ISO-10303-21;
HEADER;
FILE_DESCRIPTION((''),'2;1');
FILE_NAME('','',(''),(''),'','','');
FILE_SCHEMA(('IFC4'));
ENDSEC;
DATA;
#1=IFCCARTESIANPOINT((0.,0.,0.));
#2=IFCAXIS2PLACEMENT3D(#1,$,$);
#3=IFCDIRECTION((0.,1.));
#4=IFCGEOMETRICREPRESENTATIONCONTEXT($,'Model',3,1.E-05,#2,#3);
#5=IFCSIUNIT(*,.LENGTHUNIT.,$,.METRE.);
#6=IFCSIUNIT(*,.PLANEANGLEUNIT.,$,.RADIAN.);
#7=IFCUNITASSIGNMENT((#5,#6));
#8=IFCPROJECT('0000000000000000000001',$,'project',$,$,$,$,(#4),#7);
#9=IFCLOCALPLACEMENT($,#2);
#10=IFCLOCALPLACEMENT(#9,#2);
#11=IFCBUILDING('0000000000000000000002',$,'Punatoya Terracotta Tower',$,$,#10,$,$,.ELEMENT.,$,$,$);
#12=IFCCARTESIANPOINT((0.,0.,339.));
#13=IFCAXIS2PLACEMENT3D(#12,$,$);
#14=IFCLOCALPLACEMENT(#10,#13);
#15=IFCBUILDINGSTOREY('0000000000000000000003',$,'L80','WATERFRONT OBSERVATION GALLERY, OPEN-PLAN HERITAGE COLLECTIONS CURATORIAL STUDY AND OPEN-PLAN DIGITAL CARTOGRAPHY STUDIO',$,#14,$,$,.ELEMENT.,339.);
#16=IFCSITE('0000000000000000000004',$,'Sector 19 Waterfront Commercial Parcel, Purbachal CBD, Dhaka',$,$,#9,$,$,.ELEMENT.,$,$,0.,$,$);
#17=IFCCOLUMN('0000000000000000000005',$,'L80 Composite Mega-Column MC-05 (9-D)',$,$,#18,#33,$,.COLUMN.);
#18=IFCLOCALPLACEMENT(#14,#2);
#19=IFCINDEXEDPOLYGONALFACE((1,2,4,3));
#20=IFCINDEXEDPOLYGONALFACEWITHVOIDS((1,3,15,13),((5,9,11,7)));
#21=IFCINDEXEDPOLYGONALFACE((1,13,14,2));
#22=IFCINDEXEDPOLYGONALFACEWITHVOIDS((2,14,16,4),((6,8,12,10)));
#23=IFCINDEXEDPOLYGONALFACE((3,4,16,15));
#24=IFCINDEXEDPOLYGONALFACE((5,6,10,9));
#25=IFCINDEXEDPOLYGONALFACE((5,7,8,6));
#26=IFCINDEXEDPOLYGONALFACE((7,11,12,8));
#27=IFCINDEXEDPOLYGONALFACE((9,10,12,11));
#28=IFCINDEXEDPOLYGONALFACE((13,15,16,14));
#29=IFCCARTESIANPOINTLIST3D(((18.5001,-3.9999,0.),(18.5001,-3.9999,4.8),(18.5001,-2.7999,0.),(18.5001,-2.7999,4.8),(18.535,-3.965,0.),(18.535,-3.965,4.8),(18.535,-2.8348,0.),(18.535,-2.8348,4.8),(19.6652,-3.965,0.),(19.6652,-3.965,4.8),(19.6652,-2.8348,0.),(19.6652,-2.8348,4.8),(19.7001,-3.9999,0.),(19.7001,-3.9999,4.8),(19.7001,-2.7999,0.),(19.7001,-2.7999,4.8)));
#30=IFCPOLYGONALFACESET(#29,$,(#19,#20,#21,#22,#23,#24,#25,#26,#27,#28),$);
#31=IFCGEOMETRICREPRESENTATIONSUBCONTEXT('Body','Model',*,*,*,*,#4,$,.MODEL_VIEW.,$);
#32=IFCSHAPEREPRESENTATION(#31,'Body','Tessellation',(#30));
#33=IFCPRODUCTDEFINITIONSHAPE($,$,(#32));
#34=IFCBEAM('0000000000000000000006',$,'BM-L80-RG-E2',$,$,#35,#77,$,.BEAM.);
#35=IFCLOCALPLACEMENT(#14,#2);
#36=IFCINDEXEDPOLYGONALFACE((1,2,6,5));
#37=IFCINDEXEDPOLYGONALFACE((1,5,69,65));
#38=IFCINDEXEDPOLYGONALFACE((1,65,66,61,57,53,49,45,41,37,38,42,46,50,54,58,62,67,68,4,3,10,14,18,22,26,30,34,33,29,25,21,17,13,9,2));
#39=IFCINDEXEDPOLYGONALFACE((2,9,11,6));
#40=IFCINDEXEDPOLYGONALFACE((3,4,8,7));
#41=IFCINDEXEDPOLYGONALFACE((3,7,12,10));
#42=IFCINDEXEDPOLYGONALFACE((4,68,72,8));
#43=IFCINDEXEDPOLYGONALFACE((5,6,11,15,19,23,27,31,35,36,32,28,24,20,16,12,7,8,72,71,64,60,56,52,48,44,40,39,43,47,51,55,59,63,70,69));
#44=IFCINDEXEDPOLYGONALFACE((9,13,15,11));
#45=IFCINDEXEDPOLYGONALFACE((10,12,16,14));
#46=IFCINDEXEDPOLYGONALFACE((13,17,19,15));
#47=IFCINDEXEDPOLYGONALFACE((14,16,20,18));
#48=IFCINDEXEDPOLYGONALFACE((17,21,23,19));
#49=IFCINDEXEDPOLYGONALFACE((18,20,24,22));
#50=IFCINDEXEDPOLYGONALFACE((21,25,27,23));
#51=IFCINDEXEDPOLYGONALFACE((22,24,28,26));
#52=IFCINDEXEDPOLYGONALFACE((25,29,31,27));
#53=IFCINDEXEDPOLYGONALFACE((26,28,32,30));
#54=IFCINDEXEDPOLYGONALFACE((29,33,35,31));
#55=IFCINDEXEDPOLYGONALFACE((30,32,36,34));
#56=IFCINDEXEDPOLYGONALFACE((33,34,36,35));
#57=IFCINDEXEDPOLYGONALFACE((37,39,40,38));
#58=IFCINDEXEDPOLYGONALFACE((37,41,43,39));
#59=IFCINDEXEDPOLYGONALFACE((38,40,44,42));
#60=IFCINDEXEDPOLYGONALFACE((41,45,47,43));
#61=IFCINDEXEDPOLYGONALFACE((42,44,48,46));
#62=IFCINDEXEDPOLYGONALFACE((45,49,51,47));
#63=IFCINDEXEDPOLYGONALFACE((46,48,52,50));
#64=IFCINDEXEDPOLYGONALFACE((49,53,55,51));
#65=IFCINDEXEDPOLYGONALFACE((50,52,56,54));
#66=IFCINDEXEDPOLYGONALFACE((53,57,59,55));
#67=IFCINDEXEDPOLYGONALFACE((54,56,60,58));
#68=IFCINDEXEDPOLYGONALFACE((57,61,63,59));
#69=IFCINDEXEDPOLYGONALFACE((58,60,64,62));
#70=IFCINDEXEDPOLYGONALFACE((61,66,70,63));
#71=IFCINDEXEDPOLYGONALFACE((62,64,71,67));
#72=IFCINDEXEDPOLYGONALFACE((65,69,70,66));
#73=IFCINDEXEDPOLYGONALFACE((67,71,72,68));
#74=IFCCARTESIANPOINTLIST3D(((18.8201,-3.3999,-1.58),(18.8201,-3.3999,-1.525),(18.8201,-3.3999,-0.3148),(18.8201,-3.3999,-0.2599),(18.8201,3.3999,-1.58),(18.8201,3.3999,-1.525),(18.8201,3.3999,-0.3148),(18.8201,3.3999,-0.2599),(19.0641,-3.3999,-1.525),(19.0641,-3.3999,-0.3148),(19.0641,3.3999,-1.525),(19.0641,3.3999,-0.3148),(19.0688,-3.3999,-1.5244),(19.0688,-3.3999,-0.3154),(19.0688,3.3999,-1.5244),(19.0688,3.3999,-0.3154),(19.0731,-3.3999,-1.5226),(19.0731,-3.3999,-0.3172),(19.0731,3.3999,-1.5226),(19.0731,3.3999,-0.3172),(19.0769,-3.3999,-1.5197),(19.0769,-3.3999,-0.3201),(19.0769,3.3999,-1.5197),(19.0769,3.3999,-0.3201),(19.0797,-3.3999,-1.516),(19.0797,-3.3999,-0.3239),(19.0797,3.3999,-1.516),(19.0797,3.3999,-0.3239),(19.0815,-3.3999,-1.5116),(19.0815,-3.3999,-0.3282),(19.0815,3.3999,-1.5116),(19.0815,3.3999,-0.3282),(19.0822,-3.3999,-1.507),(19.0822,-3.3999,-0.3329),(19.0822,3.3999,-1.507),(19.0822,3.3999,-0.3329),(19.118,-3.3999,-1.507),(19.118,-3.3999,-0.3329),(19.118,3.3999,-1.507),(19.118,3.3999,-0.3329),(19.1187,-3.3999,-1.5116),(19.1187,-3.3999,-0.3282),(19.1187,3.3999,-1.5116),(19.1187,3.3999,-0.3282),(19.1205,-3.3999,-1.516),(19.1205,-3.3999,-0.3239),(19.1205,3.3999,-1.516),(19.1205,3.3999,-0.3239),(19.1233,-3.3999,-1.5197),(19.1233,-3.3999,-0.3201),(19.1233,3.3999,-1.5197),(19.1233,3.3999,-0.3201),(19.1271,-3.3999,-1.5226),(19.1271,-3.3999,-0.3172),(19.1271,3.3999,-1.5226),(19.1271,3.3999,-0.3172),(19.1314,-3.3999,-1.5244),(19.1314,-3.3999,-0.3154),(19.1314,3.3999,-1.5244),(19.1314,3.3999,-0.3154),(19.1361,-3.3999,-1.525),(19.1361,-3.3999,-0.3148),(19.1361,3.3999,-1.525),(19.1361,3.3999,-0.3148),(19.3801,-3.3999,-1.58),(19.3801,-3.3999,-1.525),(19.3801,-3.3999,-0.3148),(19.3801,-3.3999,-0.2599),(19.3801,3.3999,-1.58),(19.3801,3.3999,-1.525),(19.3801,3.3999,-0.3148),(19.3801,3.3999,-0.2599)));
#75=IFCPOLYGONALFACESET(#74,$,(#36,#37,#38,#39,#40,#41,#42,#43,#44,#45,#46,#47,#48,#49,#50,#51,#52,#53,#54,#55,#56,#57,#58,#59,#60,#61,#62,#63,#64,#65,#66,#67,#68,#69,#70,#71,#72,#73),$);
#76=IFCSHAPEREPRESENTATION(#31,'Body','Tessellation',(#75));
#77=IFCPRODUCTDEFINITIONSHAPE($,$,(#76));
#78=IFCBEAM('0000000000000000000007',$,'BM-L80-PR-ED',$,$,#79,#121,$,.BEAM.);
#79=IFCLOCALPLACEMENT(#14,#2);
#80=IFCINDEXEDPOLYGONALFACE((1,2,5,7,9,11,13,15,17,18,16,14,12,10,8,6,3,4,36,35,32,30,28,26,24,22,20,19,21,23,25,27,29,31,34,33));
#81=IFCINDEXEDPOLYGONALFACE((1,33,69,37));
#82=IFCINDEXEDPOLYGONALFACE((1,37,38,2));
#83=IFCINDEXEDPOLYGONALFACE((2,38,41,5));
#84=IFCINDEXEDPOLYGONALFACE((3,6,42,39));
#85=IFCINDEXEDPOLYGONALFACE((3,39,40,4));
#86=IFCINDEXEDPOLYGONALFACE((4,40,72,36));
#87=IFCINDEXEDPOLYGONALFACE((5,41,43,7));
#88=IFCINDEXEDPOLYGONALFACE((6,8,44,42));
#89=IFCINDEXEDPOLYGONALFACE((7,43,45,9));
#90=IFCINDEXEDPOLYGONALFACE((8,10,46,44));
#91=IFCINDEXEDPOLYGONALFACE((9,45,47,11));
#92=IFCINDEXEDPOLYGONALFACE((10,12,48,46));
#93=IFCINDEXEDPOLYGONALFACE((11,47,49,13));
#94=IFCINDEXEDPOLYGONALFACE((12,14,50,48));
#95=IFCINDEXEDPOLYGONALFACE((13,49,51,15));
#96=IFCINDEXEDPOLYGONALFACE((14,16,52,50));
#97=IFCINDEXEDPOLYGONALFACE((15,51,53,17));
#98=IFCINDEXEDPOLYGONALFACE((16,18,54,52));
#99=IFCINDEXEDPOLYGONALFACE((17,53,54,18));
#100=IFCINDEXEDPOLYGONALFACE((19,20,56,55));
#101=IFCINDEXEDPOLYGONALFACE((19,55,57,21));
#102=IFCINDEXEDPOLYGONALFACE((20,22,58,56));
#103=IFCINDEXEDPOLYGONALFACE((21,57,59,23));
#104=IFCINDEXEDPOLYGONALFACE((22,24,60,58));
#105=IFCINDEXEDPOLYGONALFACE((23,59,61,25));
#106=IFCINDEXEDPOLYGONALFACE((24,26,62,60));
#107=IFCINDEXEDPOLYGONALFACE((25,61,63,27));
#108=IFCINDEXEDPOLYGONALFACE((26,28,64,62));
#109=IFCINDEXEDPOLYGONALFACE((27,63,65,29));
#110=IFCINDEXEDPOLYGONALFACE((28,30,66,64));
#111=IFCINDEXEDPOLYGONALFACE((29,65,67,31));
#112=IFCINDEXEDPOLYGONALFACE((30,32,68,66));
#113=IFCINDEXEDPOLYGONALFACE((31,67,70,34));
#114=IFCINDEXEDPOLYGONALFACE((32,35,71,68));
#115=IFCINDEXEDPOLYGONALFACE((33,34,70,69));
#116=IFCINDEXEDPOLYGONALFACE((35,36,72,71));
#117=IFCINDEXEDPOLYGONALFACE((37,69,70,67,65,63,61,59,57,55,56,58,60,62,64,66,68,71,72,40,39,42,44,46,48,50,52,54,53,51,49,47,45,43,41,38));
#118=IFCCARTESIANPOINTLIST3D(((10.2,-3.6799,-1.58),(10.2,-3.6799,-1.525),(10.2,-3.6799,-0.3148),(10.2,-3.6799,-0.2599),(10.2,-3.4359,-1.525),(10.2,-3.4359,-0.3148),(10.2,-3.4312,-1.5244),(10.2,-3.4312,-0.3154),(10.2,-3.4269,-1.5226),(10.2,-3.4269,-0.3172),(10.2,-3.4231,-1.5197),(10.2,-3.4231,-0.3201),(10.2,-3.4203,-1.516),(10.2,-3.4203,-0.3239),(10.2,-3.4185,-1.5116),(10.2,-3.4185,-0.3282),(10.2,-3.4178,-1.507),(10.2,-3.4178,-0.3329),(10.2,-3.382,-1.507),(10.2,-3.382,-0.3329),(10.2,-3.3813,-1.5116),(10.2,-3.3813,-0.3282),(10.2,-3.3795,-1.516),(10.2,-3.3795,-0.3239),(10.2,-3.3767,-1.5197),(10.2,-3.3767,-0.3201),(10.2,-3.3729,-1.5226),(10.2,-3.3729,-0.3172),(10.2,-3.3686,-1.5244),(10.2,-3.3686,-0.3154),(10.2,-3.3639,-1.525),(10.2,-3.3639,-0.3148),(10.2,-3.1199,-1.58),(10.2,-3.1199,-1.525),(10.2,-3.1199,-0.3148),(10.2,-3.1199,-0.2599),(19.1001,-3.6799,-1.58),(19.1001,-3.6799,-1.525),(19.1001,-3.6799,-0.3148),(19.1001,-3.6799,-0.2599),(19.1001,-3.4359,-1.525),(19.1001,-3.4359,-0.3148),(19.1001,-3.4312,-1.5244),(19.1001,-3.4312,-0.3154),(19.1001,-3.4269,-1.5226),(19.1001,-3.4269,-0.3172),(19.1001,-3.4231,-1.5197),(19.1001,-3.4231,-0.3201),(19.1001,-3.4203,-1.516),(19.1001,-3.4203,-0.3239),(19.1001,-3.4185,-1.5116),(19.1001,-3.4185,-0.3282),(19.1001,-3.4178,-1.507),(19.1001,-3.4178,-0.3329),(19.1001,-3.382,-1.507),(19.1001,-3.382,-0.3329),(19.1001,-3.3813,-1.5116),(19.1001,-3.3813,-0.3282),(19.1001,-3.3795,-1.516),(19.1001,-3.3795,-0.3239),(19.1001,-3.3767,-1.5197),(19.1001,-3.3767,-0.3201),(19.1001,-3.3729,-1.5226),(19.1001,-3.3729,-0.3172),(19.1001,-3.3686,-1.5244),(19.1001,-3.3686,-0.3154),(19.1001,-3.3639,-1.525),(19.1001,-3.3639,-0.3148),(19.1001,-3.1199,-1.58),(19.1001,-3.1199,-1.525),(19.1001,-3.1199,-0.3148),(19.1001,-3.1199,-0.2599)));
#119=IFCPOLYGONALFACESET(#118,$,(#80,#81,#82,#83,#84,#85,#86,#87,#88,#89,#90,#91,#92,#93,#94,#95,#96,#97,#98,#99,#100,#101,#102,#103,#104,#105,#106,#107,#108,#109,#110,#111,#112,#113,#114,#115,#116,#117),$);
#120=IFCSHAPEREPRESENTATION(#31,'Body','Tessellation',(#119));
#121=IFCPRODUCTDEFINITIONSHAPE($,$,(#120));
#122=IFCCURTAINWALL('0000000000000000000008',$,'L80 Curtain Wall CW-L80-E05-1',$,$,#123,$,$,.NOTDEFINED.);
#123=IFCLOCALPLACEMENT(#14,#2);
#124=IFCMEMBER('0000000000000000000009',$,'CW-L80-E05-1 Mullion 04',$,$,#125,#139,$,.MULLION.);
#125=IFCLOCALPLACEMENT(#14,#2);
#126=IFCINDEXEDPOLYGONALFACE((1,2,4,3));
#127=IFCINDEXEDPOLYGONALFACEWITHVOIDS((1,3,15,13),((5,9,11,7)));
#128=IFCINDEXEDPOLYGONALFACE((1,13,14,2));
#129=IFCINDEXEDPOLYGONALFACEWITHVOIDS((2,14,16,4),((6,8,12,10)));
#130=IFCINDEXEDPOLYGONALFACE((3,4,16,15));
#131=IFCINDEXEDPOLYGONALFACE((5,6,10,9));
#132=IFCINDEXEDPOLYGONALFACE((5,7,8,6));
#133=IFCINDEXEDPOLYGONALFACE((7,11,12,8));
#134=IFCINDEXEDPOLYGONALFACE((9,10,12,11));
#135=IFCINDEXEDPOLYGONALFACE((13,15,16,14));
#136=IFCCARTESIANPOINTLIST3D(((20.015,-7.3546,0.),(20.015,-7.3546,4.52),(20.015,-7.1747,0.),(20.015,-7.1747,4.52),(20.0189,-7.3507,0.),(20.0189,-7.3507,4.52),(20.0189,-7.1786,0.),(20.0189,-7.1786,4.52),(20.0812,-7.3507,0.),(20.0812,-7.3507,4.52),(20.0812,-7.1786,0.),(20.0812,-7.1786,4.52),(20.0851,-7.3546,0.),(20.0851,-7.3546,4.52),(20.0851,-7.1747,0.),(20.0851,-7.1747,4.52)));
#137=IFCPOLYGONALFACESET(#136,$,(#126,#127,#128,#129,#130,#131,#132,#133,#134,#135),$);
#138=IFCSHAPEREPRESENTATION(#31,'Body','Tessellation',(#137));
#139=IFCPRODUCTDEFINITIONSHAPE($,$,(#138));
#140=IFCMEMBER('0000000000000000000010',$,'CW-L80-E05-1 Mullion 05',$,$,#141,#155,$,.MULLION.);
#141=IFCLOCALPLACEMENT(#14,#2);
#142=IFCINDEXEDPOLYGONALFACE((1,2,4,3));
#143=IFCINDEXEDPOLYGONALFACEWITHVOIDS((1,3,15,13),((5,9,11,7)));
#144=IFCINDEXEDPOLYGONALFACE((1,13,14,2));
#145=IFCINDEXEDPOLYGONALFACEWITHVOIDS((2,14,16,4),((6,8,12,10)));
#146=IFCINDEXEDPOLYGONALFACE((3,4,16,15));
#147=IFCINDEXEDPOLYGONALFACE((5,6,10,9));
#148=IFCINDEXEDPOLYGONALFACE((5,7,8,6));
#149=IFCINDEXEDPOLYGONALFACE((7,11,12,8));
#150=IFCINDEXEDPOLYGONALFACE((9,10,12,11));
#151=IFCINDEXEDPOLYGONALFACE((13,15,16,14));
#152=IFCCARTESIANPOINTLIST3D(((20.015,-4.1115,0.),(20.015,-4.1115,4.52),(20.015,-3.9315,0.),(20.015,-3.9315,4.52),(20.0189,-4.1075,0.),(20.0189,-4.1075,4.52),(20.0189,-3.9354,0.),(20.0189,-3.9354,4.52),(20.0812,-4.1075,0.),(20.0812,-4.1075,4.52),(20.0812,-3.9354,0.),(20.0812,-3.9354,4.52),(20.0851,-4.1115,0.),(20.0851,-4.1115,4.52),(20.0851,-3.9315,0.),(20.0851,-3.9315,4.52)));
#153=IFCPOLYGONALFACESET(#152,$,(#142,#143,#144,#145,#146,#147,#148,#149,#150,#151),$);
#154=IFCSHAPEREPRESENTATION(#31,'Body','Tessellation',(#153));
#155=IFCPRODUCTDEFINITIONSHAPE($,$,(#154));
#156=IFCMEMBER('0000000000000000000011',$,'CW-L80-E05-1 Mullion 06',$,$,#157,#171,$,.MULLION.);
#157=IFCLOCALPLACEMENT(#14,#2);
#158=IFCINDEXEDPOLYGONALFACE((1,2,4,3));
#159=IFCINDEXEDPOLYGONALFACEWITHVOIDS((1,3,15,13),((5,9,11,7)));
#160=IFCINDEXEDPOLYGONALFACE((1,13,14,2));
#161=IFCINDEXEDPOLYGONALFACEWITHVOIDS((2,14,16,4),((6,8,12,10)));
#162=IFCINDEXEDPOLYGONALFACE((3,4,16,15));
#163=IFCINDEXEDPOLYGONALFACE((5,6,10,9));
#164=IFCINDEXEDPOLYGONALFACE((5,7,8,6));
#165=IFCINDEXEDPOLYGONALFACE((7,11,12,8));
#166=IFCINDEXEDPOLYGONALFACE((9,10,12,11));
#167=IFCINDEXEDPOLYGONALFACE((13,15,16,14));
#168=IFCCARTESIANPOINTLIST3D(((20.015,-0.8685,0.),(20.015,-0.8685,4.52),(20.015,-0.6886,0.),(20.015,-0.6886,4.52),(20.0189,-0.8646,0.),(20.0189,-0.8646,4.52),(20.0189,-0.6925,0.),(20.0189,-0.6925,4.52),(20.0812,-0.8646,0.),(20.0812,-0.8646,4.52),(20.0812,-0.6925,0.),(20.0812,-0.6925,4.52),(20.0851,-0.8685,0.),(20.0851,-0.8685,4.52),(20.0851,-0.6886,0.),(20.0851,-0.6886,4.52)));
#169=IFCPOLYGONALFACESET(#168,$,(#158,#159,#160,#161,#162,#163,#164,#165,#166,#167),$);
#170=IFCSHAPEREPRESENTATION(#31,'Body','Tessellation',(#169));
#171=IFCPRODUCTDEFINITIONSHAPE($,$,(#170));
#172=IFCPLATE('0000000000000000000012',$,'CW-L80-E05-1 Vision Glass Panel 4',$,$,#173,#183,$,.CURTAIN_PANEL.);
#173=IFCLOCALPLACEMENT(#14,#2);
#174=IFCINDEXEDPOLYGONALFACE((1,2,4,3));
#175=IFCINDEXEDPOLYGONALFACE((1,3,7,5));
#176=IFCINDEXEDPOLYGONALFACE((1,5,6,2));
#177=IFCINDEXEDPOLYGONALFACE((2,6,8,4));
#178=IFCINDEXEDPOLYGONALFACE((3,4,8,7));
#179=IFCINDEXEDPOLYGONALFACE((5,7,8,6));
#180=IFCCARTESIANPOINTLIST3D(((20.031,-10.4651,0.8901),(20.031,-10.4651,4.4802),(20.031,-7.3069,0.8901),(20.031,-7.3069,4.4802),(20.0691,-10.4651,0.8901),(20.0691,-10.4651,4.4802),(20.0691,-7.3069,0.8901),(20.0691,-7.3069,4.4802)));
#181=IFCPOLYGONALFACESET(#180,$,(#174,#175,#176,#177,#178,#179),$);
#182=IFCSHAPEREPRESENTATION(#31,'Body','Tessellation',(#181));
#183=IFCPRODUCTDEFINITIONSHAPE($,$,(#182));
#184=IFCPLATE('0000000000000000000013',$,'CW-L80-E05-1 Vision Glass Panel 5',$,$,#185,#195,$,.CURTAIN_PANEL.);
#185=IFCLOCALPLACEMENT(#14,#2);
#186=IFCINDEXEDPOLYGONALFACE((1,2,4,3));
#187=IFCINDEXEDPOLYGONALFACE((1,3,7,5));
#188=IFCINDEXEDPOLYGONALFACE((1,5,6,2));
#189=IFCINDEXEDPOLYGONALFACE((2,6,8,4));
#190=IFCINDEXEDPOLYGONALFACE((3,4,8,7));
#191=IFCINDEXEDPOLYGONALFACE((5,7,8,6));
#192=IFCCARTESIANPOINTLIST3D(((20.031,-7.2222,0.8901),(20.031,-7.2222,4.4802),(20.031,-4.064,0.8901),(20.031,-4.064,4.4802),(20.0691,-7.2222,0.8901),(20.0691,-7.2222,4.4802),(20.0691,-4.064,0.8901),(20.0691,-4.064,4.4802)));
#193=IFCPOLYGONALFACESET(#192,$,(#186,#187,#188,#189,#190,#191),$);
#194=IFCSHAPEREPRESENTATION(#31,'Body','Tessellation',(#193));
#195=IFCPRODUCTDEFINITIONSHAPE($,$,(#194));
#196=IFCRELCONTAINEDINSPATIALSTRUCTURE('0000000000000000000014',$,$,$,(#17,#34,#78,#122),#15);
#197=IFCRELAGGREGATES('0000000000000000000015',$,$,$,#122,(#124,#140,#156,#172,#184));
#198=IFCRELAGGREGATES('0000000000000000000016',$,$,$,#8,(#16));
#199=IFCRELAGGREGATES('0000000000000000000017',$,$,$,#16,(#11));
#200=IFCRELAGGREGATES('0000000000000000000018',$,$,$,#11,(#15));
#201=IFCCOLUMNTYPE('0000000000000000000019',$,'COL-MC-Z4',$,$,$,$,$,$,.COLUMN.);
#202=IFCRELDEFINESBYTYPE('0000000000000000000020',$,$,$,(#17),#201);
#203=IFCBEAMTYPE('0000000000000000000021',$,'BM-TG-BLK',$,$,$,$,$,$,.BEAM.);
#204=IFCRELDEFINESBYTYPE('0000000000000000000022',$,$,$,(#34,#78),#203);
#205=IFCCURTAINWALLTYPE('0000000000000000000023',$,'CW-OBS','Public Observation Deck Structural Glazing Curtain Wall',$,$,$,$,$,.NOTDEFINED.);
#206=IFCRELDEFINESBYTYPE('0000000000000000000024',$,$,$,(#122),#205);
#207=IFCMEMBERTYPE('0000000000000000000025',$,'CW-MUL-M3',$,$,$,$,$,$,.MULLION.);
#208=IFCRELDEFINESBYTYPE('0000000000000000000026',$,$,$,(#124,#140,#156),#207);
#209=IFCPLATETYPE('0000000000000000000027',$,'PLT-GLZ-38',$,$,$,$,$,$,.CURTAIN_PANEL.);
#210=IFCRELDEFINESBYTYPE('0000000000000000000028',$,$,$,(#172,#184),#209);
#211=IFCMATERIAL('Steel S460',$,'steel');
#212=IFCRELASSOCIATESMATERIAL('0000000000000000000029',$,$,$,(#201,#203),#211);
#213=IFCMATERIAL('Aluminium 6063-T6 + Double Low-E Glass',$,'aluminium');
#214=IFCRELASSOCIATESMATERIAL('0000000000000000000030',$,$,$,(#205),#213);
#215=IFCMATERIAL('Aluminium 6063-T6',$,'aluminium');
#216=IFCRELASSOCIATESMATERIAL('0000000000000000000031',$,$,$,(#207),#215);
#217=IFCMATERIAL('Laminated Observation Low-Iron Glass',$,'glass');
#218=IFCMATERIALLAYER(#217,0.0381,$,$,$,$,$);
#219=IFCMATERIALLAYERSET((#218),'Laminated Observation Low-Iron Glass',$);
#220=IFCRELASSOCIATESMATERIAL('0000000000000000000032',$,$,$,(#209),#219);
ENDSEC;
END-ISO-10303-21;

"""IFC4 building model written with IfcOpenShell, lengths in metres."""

from ifc_helpers import new_model, si_unit, direction, frame, origin, origin_2d, place, context, subcontext, project, spatial, rectangle, hollow_rectangle, i_section, extrude, material, layer, layer_set, material_profile, profile_set, type_object, element, aggregate, save


model = new_model("IFC4")

# Units and contexts
model_context = context("Model", 3, precision=1e-05, world=origin(), true_north=direction((0.0, 1.0)))
body_context = subcontext(model_context, "Body", "Model", "MODEL_VIEW")
ifc_project = project(units=[si_unit("LENGTHUNIT", "METRE"), si_unit("PLANEANGLEUNIT", "RADIAN")], contexts=[model_context])

# Site, building, storey
site_placement = place(None, origin())
site = spatial("IfcSite", under=ifc_project, at=site_placement, Name="Sector 19 Waterfront Commercial Parcel, Purbachal CBD, Dhaka", CompositionType="ELEMENT", RefElevation=0.0)
building_placement = place(site_placement, origin())
building = spatial("IfcBuilding", under=site, at=building_placement, Name="Punatoya Terracotta Tower", CompositionType="ELEMENT")
storey_placement = place(building_placement, frame((0.0, 0.0, 339.0)))
storey = spatial("IfcBuildingStorey", under=building, at=storey_placement, Name="L80", Description="WATERFRONT OBSERVATION GALLERY, OPEN-PLAN HERITAGE COLLECTIONS CURATORIAL STUDY AND OPEN-PLAN DIGITAL CARTOGRAPHY STUDIO", CompositionType="ELEMENT", Elevation=339.0)

# Column
ifc_material_1 = material(Name="Steel S460", Category="steel")
ifc_material_profile_1 = material_profile(ifc_material_1, hollow_rectangle(XDim=1.2, YDim=1.2, WallThickness=0.0349, at=origin_2d()))
ifc_profile_set_1 = profile_set([ifc_material_profile_1], Name="Steel S460")
column_type = type_object("IfcColumnType", Name="COL-MC-Z4", PredefinedType="COLUMN", material=ifc_profile_set_1)
column_placement = place(storey_placement, frame((19.1001, -3.3999, 0.0), z_axis=(0.0, 0.0, 1.0), x_axis=(1.0, 0.0, 0.0)))
element("IfcColumn", 1, at=column_placement, inside=storey, type_object=column_type, Name="L80 Composite Mega-Column MC-05 (9-D)", PredefinedType="COLUMN", context=body_context, shape_type="SweptSolid", body=[
    extrude(hollow_rectangle(XDim=1.2, YDim=1.2, WallThickness=0.0349, at=origin_2d()), origin(), (0.0, 0.0, 1.0), 4.8),
])

# Beams
ifc_material_profile_2 = material_profile(ifc_material_1, i_section(OverallWidth=0.5601, OverallDepth=1.3201, WebThickness=0.0359, FlangeThickness=0.0549, FilletRadius=0.0181, at=origin_2d()))
ifc_profile_set_2 = profile_set([ifc_material_profile_2], Name="Steel S460")
beam_type = type_object("IfcBeamType", Name="BM-TG-BLK", PredefinedType="BEAM", material=ifc_profile_set_2)
beam_1_placement = place(storey_placement, frame((19.1001, -3.3999, -0.9199), z_axis=(0.0, 1.0, 0.0), x_axis=(-1.0, 0.0, 0.0)))
element("IfcBeam", 2, at=beam_1_placement, inside=storey, type_object=beam_type, Name="BM-L80-RG-E2", PredefinedType="BEAM", context=body_context, shape_type="SweptSolid", body=[
    extrude(i_section(OverallWidth=0.5601, OverallDepth=1.3201, WebThickness=0.0359, FlangeThickness=0.0549, FilletRadius=0.0181, at=origin_2d()), origin(), (0.0, 0.0, 1.0), 6.7998),
])
beam_2_placement = place(storey_placement, frame((10.2, -3.3999, -0.9199), z_axis=(1.0, 0.0, 0.0), x_axis=(0.0, 1.0, 0.0)))
element("IfcBeam", 3, at=beam_2_placement, inside=storey, type_object=beam_type, Name="BM-L80-PR-ED", PredefinedType="BEAM", context=body_context, shape_type="SweptSolid", body=[
    extrude(i_section(OverallWidth=0.5601, OverallDepth=1.3201, WebThickness=0.0359, FlangeThickness=0.0549, FilletRadius=0.0181, at=origin_2d()), origin(), (0.0, 0.0, 1.0), 8.9001),
])

# Curtain wall, members, plates
ifc_material_2 = material(Name="Aluminium 6063-T6 + Double Low-E Glass", Category="aluminium")
curtain_wall_type = type_object("IfcCurtainWallType", Name="CW-OBS", Description="Public Observation Deck Structural Glazing Curtain Wall", PredefinedType="NOTDEFINED", material=ifc_material_2)
curtain_wall_placement = place(storey_placement, origin())
curtain_wall = element("IfcCurtainWall", 4, at=curtain_wall_placement, inside=storey, type_object=curtain_wall_type, Name="L80 Curtain Wall CW-L80-E05-1", PredefinedType="NOTDEFINED")
ifc_material_3 = material(Name="Aluminium 6063-T6", Category="aluminium")
ifc_material_profile_3 = material_profile(ifc_material_3, hollow_rectangle(XDim=0.0701, YDim=0.1799, WallThickness=0.0039, at=origin_2d()))
ifc_profile_set_3 = profile_set([ifc_material_profile_3], Name="Aluminium 6063-T6")
member_type = type_object("IfcMemberType", Name="CW-MUL-M3", PredefinedType="MULLION", material=ifc_profile_set_3)
member_1_placement = place(storey_placement, frame((20.05, -7.2646, 0.0), z_axis=(0.0, 0.0, 1.0), x_axis=(1.0, 0.0, 0.0)))
member_1 = element("IfcMember", 5, at=member_1_placement, type_object=member_type, Name="CW-L80-E05-1 Mullion 04", PredefinedType="MULLION", context=body_context, shape_type="SweptSolid", body=[
    extrude(hollow_rectangle(XDim=0.0701, YDim=0.1799, WallThickness=0.0039, at=origin_2d()), origin(), (0.0, 0.0, 1.0), 4.52),
])
member_2_placement = place(storey_placement, frame((20.05, -4.0215, 0.0), z_axis=(0.0, 0.0, 1.0), x_axis=(1.0, 0.0, 0.0)))
member_2 = element("IfcMember", 6, at=member_2_placement, type_object=member_type, Name="CW-L80-E05-1 Mullion 05", PredefinedType="MULLION", context=body_context, shape_type="SweptSolid", body=[
    extrude(hollow_rectangle(XDim=0.0701, YDim=0.1799, WallThickness=0.0039, at=origin_2d()), origin(), (0.0, 0.0, 1.0), 4.52),
])
member_3_placement = place(storey_placement, frame((20.05, -0.7786, 0.0), z_axis=(0.0, 0.0, 1.0), x_axis=(1.0, 0.0, 0.0)))
member_3 = element("IfcMember", 7, at=member_3_placement, type_object=member_type, Name="CW-L80-E05-1 Mullion 06", PredefinedType="MULLION", context=body_context, shape_type="SweptSolid", body=[
    extrude(hollow_rectangle(XDim=0.0701, YDim=0.1799, WallThickness=0.0039, at=origin_2d()), origin(), (0.0, 0.0, 1.0), 4.52),
])
ifc_material_4 = material(Name="Laminated Observation Low-Iron Glass", Category="glass")
ifc_layer_1 = layer(ifc_material_4, 0.0381)
ifc_layer_set_1 = layer_set([ifc_layer_1], Name="Laminated Observation Low-Iron Glass")
plate_type_1 = type_object("IfcPlateType", Name="PLT-GLZ-38", PredefinedType="CURTAIN_PANEL", material=ifc_layer_set_1)
plate_1_placement = place(storey_placement, frame((20.05, -8.886, 0.8901), z_axis=(0.0, 0.0, 1.0), x_axis=(0.0, 1.0, 0.0)))
plate_1 = element("IfcPlate", 8, at=plate_1_placement, type_object=plate_type_1, Name="CW-L80-E05-1 Vision Glass Panel 4", PredefinedType="CURTAIN_PANEL", context=body_context, shape_type="SweptSolid", body=[
    extrude(rectangle(XDim=3.1582, YDim=0.0381, at=origin_2d()), origin(), (0.0, 0.0, 1.0), 3.5901),
])
plate_2_placement = place(storey_placement, frame((20.05, -5.6431, 0.8901), z_axis=(0.0, 0.0, 1.0), x_axis=(0.0, 1.0, 0.0)))
plate_2 = element("IfcPlate", 9, at=plate_2_placement, type_object=plate_type_1, Name="CW-L80-E05-1 Vision Glass Panel 5", PredefinedType="CURTAIN_PANEL", context=body_context, shape_type="SweptSolid", body=[
    extrude(rectangle(XDim=3.1582, YDim=0.0381, at=origin_2d()), origin(), (0.0, 0.0, 1.0), 3.5901),
])
aggregate(curtain_wall, [member_1, member_2, member_3, plate_1, plate_2])

save(model, "model.ifc")
